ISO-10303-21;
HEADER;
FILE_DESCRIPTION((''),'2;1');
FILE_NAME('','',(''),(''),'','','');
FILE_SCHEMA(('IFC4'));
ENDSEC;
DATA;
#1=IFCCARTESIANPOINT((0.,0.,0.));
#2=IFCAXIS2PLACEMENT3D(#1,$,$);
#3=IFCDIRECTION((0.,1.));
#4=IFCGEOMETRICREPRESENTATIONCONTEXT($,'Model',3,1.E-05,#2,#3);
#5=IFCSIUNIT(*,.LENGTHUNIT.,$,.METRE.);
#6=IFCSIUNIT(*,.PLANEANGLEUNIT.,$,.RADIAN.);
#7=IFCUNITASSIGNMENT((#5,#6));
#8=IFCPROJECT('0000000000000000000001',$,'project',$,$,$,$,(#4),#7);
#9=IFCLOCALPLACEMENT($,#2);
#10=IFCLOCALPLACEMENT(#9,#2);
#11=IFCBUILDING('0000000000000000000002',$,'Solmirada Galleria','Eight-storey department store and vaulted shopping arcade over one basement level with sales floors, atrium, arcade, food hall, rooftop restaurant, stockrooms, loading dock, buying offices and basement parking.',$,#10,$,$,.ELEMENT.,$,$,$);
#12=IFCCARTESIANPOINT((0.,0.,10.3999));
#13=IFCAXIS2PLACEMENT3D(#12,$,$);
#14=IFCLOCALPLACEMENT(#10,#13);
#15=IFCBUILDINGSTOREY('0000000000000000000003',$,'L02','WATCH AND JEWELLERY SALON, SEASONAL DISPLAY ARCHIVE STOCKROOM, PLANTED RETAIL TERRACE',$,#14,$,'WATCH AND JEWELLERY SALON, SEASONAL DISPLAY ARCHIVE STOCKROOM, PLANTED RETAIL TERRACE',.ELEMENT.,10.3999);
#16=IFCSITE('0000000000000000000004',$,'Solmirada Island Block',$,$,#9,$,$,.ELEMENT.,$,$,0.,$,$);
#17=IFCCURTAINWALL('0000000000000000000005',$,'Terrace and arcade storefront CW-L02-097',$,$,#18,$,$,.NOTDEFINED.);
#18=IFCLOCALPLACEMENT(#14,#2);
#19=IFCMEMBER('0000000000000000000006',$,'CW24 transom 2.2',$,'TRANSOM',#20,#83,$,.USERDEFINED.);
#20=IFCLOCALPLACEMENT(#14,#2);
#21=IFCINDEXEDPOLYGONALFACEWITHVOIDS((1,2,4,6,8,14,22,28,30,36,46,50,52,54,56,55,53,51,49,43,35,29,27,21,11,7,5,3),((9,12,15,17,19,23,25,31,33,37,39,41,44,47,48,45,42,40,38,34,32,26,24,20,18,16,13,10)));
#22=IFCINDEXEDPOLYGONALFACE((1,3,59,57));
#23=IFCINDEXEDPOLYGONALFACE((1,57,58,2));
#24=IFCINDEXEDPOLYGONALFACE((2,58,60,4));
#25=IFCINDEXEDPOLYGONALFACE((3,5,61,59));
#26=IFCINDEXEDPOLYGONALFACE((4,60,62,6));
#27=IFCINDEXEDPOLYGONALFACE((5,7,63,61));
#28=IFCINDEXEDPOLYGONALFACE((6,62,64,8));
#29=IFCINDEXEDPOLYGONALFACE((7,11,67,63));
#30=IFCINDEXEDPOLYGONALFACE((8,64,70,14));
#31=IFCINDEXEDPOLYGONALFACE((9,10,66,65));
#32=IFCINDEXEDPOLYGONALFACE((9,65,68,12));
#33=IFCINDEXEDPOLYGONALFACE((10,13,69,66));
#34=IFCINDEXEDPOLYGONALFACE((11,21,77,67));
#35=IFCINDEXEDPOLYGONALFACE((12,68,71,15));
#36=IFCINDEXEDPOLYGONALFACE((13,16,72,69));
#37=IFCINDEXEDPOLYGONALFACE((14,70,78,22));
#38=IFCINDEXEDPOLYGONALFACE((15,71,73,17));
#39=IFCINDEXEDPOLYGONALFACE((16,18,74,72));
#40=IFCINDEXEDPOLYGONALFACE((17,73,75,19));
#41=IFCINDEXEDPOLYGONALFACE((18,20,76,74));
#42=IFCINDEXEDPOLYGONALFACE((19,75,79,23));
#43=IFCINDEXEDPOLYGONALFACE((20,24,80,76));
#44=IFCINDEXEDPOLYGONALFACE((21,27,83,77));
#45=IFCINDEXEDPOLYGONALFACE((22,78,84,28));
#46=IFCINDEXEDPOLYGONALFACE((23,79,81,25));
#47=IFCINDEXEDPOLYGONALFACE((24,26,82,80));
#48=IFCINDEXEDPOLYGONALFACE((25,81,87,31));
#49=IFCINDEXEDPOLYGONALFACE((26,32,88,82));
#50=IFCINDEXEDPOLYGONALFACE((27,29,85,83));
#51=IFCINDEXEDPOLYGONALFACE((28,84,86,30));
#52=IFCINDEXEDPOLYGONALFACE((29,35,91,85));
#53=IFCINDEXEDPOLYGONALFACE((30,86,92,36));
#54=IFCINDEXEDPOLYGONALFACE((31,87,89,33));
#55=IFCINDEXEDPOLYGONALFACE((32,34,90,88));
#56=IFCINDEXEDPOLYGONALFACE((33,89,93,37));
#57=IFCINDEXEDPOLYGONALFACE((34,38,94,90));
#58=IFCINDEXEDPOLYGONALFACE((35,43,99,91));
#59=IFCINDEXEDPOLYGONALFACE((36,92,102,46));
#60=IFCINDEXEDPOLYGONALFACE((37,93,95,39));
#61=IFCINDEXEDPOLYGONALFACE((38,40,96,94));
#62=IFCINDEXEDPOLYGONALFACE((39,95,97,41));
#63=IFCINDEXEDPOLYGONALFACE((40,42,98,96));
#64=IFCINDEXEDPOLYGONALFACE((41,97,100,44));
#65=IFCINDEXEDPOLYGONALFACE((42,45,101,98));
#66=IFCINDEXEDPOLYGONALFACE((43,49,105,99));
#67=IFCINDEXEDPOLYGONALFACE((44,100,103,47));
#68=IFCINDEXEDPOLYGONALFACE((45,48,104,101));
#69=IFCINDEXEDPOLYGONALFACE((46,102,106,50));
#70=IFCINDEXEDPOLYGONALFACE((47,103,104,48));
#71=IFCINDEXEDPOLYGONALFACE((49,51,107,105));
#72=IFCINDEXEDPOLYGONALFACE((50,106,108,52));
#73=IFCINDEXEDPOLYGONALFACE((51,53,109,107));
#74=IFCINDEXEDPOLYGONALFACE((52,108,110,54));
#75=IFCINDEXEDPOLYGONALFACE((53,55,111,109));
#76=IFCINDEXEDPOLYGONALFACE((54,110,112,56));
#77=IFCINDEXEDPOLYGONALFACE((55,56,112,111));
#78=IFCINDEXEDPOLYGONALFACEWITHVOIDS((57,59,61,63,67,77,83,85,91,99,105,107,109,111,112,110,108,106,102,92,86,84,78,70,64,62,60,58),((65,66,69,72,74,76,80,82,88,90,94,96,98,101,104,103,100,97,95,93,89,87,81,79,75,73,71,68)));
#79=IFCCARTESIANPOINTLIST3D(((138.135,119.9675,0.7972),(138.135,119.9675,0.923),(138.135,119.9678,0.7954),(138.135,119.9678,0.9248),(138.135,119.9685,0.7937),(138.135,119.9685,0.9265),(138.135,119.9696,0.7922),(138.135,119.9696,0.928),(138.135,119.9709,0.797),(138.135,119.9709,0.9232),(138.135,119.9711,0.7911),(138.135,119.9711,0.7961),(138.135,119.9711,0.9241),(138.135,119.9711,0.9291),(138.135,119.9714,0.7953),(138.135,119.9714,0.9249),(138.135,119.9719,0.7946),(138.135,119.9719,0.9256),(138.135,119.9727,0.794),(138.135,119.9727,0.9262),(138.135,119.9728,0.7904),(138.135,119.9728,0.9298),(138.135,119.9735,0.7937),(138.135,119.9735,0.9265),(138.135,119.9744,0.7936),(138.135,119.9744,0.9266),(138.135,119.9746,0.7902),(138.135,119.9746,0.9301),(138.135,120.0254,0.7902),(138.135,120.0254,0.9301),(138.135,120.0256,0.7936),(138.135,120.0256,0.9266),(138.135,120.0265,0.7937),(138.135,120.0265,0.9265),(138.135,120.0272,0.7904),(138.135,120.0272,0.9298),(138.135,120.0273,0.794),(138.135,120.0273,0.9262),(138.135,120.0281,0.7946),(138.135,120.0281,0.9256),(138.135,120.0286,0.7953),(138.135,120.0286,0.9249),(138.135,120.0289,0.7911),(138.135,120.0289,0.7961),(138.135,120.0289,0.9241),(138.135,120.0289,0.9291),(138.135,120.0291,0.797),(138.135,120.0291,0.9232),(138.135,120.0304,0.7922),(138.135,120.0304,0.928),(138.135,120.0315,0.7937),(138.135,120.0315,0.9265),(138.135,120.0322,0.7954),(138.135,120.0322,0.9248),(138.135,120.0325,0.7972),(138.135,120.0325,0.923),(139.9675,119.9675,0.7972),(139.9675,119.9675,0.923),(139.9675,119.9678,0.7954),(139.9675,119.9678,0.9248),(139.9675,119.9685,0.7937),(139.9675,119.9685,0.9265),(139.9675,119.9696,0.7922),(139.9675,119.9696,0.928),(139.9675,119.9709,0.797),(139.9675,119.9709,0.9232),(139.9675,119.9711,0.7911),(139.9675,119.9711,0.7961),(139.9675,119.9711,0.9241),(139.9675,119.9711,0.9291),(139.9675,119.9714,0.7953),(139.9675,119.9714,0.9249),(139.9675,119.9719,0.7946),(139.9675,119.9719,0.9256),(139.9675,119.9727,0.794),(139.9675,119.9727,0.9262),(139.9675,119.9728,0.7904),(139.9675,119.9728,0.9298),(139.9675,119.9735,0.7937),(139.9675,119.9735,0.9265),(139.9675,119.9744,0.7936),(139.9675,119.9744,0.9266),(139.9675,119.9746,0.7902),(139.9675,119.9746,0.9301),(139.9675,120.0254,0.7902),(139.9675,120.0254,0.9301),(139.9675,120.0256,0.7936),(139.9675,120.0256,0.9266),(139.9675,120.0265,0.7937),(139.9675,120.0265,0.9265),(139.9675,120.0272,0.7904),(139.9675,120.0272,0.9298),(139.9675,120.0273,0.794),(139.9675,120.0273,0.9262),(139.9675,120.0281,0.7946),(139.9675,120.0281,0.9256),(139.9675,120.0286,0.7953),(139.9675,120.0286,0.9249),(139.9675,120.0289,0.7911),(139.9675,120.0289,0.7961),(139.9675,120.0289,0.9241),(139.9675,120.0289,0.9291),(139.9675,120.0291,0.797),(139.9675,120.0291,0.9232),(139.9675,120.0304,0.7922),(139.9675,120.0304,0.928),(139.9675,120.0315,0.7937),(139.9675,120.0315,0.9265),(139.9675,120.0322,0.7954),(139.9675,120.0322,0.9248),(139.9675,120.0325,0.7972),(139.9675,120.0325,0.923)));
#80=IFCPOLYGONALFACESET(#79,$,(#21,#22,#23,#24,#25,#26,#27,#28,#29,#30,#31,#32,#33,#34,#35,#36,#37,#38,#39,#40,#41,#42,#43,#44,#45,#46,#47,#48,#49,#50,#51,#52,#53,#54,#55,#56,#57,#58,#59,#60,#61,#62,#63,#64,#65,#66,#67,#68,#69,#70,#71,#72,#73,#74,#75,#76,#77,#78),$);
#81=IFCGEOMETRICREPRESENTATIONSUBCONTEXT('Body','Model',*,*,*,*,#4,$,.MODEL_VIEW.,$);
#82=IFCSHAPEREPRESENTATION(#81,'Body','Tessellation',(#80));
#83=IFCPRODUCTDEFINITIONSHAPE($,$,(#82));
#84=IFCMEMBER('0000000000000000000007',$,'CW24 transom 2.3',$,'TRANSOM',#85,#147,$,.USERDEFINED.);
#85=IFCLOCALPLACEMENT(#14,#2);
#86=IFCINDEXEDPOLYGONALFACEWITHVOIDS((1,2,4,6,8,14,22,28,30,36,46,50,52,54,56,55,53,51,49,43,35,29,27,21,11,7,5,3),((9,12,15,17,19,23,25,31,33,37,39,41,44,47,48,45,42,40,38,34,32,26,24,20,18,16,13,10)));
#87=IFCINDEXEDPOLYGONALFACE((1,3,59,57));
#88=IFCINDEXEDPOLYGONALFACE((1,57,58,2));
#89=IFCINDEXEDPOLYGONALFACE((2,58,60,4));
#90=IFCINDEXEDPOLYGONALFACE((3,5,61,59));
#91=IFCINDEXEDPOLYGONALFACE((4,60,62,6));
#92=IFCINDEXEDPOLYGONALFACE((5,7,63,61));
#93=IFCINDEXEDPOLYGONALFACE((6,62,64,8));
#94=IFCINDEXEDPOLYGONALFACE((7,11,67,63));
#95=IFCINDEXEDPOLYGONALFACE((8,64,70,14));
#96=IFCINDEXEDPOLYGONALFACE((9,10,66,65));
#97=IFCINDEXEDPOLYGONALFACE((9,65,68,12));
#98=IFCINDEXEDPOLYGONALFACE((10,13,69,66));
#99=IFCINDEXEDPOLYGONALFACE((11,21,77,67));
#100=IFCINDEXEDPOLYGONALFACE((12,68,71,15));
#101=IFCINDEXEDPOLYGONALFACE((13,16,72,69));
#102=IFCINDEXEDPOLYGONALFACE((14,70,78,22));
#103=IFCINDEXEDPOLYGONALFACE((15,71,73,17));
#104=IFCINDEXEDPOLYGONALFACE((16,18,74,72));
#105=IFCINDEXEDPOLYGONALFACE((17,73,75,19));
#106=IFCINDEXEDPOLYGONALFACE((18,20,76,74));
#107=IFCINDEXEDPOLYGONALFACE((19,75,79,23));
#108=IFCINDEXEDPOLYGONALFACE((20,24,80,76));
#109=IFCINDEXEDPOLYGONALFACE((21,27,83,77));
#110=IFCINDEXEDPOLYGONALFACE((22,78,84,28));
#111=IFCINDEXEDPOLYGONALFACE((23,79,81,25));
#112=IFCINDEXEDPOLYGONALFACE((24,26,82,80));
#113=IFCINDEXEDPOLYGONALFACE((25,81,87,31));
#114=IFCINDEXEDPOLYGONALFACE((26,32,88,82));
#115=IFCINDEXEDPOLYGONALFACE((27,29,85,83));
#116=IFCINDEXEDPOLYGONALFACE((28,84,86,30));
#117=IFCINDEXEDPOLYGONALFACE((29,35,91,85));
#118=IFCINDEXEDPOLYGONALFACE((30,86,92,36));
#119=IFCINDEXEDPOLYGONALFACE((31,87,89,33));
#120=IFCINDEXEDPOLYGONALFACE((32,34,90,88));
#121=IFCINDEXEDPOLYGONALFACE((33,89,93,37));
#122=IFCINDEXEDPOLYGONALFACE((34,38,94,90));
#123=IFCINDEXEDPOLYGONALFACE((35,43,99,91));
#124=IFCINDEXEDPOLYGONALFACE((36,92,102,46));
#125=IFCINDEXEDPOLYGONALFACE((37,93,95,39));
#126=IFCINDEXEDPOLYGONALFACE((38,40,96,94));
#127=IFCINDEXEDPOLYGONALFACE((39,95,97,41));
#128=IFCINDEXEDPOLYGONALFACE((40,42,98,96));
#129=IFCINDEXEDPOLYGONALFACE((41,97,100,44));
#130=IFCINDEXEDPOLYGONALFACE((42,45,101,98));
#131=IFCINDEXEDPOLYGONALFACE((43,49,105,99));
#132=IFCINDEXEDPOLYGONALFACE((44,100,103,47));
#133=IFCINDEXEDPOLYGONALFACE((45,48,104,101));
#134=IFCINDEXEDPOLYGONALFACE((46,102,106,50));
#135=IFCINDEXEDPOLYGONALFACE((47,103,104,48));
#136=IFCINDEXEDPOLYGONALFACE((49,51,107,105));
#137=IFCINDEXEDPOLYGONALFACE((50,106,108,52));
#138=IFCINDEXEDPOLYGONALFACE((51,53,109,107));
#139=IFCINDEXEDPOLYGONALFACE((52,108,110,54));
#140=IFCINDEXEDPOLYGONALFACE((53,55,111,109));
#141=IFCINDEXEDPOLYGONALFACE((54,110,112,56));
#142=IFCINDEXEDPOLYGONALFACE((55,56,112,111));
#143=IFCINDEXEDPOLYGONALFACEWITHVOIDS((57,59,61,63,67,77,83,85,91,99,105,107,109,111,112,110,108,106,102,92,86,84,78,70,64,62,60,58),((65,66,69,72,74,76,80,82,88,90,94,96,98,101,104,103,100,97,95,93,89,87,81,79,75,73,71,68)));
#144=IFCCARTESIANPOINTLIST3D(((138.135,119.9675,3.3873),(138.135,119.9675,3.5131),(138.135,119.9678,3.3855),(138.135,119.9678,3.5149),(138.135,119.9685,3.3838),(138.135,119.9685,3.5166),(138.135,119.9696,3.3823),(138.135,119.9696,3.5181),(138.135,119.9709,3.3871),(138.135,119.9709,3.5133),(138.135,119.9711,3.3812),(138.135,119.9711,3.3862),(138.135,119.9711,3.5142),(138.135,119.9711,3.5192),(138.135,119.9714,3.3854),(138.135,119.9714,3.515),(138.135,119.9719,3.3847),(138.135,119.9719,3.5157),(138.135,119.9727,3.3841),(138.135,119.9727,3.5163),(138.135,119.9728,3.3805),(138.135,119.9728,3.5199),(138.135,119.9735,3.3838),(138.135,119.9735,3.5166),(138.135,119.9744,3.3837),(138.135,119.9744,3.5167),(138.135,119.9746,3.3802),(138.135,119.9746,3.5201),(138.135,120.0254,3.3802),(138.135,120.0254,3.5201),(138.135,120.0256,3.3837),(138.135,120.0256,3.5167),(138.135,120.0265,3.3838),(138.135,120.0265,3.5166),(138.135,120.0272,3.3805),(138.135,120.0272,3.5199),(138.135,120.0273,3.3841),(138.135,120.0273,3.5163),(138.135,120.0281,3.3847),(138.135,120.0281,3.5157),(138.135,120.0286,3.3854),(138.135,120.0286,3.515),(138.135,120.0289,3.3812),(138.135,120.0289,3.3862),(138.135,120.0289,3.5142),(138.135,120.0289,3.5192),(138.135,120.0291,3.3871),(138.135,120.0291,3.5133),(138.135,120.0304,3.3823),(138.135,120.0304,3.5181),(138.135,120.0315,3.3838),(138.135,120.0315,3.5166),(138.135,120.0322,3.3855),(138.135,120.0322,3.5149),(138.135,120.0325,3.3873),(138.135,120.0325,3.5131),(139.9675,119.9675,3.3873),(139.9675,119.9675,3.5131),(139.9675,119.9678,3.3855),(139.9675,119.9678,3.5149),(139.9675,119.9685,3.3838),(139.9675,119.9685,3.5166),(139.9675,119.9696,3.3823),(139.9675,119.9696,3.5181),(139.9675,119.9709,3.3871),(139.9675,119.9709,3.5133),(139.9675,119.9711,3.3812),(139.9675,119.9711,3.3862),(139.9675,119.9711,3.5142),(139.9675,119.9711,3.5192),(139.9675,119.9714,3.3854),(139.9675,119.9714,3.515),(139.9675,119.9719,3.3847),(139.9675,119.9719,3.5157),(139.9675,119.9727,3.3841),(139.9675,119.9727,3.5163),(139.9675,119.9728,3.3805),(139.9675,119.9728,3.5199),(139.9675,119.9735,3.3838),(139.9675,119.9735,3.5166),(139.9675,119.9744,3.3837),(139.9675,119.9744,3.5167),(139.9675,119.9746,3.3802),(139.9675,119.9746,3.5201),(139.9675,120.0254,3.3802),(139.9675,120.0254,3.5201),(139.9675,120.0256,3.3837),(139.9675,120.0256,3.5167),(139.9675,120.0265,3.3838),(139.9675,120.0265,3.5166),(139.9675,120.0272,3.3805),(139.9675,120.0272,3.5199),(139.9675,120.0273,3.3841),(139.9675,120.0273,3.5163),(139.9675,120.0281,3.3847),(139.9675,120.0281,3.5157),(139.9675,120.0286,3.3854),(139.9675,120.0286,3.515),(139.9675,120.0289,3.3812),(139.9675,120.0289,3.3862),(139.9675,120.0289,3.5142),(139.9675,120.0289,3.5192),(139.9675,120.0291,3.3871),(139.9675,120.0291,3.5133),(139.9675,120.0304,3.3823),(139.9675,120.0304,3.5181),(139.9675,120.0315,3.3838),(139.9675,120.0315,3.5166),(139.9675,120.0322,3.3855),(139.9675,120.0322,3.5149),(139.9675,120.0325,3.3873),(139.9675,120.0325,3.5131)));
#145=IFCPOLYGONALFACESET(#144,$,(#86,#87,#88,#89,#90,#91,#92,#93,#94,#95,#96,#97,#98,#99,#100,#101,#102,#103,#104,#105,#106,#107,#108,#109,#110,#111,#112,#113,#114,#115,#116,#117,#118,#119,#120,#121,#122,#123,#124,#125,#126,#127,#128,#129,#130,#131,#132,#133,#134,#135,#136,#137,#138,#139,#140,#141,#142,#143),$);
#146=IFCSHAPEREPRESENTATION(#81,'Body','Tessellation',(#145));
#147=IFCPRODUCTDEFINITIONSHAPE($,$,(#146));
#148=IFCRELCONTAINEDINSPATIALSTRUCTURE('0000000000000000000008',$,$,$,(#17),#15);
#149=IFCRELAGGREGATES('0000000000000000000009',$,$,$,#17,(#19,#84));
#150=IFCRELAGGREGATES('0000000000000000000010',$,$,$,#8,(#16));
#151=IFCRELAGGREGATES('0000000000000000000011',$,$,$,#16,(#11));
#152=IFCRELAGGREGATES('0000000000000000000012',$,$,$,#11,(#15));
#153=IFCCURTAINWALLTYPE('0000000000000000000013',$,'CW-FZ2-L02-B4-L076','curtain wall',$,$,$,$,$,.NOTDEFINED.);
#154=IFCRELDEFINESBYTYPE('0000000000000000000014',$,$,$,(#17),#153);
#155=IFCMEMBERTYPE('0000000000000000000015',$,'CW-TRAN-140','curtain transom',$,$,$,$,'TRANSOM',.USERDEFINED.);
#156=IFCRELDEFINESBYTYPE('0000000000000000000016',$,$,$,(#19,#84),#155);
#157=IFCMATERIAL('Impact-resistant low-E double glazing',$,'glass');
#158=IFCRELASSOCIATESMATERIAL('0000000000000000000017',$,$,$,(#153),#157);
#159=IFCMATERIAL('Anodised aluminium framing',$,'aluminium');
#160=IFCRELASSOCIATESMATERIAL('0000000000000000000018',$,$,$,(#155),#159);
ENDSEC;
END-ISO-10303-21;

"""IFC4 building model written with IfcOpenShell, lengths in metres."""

from ifc_helpers import new_model, si_unit, direction, frame, origin, origin_2d, place, context, subcontext, project, spatial, hollow_rectangle, extrude, material, material_profile, profile_set, type_object, element, aggregate, save


model = new_model("IFC4")

# Units and contexts
model_context = context("Model", 3, precision=1e-05, world=origin(), true_north=direction((0.0, 1.0)))
body_context = subcontext(model_context, "Body", "Model", "MODEL_VIEW")
ifc_project = project(units=[si_unit("LENGTHUNIT", "METRE"), si_unit("PLANEANGLEUNIT", "RADIAN")], contexts=[model_context])

# Site, building, storey
site_placement = place(None, origin())
site = spatial("IfcSite", under=ifc_project, at=site_placement, Name="Solmirada Island Block", CompositionType="ELEMENT", RefElevation=0.0)
building_placement = place(site_placement, origin())
building = spatial("IfcBuilding", under=site, at=building_placement, Name="Solmirada Galleria", Description="Eight-storey department store and vaulted shopping arcade over one basement level with sales floors, atrium, arcade, food hall, rooftop restaurant, stockrooms, loading dock, buying offices and basement parking.", CompositionType="ELEMENT")
storey_placement = place(building_placement, frame((0.0, 0.0, 10.3999)))
storey = spatial("IfcBuildingStorey", under=building, at=storey_placement, Name="L02", Description="WATCH AND JEWELLERY SALON, SEASONAL DISPLAY ARCHIVE STOCKROOM, PLANTED RETAIL TERRACE", LongName="WATCH AND JEWELLERY SALON, SEASONAL DISPLAY ARCHIVE STOCKROOM, PLANTED RETAIL TERRACE", CompositionType="ELEMENT", Elevation=10.3999)

# Shared definitions
ifc_material_1 = material(Name="Impact-resistant low-E double glazing", Category="glass")
curtain_wall_type = type_object("IfcCurtainWallType", Name="CW-FZ2-L02-B4-L076", Description="curtain wall", PredefinedType="NOTDEFINED", material=ifc_material_1)
ifc_material_2 = material(Name="Anodised aluminium framing", Category="aluminium")

# Curtain wall, members
curtain_wall_1_placement = place(storey_placement, origin())
curtain_wall_1 = element("IfcCurtainWall", 1, at=curtain_wall_1_placement, inside=storey, type_object=curtain_wall_type, Name="Terrace and arcade storefront CW-L02-097", PredefinedType="NOTDEFINED")
ifc_material_profile_1 = material_profile(ifc_material_2, hollow_rectangle(XDim=0.0649, YDim=0.1399, WallThickness=0.0034, InnerFilletRadius=0.0034, OuterFilletRadius=0.0071, at=origin_2d()), Name="ALU-TRAN-140X65")
ifc_profile_set_1 = profile_set([ifc_material_profile_1], Name="Anodised aluminium framing")
member_type_1 = type_object("IfcMemberType", Name="CW-TRAN-140", Description="curtain transom", ElementType="TRANSOM", PredefinedType="USERDEFINED", material=ifc_profile_set_1)
member_1_placement = place(storey_placement, frame((138.135, 120.0, 0.8601), z_axis=(1.0, 0.0, 0.0), x_axis=(0.0, 1.0, 0.0)))
member_1 = element("IfcMember", 2, at=member_1_placement, type_object=member_type_1, Name="CW24 transom 2.2", ObjectType="TRANSOM", PredefinedType="USERDEFINED", context=body_context, shape_type="SweptSolid", body=[
    extrude(hollow_rectangle(XDim=0.0649, YDim=0.1399, WallThickness=0.0034, InnerFilletRadius=0.0034, OuterFilletRadius=0.0071, at=origin_2d()), origin(), (0.0, 0.0, 1.0), 1.8325),
])
member_2_placement = place(storey_placement, frame((138.135, 120.0, 3.4502), z_axis=(1.0, 0.0, 0.0), x_axis=(0.0, 1.0, 0.0)))
member_2 = element("IfcMember", 3, at=member_2_placement, type_object=member_type_1, Name="CW24 transom 2.3", ObjectType="TRANSOM", PredefinedType="USERDEFINED", context=body_context, shape_type="SweptSolid", body=[
    extrude(hollow_rectangle(XDim=0.0649, YDim=0.1399, WallThickness=0.0034, InnerFilletRadius=0.0034, OuterFilletRadius=0.0071, at=origin_2d()), origin(), (0.0, 0.0, 1.0), 1.8325),
])
aggregate(curtain_wall_1, [member_1, member_2])

save(model, "model.ifc")
